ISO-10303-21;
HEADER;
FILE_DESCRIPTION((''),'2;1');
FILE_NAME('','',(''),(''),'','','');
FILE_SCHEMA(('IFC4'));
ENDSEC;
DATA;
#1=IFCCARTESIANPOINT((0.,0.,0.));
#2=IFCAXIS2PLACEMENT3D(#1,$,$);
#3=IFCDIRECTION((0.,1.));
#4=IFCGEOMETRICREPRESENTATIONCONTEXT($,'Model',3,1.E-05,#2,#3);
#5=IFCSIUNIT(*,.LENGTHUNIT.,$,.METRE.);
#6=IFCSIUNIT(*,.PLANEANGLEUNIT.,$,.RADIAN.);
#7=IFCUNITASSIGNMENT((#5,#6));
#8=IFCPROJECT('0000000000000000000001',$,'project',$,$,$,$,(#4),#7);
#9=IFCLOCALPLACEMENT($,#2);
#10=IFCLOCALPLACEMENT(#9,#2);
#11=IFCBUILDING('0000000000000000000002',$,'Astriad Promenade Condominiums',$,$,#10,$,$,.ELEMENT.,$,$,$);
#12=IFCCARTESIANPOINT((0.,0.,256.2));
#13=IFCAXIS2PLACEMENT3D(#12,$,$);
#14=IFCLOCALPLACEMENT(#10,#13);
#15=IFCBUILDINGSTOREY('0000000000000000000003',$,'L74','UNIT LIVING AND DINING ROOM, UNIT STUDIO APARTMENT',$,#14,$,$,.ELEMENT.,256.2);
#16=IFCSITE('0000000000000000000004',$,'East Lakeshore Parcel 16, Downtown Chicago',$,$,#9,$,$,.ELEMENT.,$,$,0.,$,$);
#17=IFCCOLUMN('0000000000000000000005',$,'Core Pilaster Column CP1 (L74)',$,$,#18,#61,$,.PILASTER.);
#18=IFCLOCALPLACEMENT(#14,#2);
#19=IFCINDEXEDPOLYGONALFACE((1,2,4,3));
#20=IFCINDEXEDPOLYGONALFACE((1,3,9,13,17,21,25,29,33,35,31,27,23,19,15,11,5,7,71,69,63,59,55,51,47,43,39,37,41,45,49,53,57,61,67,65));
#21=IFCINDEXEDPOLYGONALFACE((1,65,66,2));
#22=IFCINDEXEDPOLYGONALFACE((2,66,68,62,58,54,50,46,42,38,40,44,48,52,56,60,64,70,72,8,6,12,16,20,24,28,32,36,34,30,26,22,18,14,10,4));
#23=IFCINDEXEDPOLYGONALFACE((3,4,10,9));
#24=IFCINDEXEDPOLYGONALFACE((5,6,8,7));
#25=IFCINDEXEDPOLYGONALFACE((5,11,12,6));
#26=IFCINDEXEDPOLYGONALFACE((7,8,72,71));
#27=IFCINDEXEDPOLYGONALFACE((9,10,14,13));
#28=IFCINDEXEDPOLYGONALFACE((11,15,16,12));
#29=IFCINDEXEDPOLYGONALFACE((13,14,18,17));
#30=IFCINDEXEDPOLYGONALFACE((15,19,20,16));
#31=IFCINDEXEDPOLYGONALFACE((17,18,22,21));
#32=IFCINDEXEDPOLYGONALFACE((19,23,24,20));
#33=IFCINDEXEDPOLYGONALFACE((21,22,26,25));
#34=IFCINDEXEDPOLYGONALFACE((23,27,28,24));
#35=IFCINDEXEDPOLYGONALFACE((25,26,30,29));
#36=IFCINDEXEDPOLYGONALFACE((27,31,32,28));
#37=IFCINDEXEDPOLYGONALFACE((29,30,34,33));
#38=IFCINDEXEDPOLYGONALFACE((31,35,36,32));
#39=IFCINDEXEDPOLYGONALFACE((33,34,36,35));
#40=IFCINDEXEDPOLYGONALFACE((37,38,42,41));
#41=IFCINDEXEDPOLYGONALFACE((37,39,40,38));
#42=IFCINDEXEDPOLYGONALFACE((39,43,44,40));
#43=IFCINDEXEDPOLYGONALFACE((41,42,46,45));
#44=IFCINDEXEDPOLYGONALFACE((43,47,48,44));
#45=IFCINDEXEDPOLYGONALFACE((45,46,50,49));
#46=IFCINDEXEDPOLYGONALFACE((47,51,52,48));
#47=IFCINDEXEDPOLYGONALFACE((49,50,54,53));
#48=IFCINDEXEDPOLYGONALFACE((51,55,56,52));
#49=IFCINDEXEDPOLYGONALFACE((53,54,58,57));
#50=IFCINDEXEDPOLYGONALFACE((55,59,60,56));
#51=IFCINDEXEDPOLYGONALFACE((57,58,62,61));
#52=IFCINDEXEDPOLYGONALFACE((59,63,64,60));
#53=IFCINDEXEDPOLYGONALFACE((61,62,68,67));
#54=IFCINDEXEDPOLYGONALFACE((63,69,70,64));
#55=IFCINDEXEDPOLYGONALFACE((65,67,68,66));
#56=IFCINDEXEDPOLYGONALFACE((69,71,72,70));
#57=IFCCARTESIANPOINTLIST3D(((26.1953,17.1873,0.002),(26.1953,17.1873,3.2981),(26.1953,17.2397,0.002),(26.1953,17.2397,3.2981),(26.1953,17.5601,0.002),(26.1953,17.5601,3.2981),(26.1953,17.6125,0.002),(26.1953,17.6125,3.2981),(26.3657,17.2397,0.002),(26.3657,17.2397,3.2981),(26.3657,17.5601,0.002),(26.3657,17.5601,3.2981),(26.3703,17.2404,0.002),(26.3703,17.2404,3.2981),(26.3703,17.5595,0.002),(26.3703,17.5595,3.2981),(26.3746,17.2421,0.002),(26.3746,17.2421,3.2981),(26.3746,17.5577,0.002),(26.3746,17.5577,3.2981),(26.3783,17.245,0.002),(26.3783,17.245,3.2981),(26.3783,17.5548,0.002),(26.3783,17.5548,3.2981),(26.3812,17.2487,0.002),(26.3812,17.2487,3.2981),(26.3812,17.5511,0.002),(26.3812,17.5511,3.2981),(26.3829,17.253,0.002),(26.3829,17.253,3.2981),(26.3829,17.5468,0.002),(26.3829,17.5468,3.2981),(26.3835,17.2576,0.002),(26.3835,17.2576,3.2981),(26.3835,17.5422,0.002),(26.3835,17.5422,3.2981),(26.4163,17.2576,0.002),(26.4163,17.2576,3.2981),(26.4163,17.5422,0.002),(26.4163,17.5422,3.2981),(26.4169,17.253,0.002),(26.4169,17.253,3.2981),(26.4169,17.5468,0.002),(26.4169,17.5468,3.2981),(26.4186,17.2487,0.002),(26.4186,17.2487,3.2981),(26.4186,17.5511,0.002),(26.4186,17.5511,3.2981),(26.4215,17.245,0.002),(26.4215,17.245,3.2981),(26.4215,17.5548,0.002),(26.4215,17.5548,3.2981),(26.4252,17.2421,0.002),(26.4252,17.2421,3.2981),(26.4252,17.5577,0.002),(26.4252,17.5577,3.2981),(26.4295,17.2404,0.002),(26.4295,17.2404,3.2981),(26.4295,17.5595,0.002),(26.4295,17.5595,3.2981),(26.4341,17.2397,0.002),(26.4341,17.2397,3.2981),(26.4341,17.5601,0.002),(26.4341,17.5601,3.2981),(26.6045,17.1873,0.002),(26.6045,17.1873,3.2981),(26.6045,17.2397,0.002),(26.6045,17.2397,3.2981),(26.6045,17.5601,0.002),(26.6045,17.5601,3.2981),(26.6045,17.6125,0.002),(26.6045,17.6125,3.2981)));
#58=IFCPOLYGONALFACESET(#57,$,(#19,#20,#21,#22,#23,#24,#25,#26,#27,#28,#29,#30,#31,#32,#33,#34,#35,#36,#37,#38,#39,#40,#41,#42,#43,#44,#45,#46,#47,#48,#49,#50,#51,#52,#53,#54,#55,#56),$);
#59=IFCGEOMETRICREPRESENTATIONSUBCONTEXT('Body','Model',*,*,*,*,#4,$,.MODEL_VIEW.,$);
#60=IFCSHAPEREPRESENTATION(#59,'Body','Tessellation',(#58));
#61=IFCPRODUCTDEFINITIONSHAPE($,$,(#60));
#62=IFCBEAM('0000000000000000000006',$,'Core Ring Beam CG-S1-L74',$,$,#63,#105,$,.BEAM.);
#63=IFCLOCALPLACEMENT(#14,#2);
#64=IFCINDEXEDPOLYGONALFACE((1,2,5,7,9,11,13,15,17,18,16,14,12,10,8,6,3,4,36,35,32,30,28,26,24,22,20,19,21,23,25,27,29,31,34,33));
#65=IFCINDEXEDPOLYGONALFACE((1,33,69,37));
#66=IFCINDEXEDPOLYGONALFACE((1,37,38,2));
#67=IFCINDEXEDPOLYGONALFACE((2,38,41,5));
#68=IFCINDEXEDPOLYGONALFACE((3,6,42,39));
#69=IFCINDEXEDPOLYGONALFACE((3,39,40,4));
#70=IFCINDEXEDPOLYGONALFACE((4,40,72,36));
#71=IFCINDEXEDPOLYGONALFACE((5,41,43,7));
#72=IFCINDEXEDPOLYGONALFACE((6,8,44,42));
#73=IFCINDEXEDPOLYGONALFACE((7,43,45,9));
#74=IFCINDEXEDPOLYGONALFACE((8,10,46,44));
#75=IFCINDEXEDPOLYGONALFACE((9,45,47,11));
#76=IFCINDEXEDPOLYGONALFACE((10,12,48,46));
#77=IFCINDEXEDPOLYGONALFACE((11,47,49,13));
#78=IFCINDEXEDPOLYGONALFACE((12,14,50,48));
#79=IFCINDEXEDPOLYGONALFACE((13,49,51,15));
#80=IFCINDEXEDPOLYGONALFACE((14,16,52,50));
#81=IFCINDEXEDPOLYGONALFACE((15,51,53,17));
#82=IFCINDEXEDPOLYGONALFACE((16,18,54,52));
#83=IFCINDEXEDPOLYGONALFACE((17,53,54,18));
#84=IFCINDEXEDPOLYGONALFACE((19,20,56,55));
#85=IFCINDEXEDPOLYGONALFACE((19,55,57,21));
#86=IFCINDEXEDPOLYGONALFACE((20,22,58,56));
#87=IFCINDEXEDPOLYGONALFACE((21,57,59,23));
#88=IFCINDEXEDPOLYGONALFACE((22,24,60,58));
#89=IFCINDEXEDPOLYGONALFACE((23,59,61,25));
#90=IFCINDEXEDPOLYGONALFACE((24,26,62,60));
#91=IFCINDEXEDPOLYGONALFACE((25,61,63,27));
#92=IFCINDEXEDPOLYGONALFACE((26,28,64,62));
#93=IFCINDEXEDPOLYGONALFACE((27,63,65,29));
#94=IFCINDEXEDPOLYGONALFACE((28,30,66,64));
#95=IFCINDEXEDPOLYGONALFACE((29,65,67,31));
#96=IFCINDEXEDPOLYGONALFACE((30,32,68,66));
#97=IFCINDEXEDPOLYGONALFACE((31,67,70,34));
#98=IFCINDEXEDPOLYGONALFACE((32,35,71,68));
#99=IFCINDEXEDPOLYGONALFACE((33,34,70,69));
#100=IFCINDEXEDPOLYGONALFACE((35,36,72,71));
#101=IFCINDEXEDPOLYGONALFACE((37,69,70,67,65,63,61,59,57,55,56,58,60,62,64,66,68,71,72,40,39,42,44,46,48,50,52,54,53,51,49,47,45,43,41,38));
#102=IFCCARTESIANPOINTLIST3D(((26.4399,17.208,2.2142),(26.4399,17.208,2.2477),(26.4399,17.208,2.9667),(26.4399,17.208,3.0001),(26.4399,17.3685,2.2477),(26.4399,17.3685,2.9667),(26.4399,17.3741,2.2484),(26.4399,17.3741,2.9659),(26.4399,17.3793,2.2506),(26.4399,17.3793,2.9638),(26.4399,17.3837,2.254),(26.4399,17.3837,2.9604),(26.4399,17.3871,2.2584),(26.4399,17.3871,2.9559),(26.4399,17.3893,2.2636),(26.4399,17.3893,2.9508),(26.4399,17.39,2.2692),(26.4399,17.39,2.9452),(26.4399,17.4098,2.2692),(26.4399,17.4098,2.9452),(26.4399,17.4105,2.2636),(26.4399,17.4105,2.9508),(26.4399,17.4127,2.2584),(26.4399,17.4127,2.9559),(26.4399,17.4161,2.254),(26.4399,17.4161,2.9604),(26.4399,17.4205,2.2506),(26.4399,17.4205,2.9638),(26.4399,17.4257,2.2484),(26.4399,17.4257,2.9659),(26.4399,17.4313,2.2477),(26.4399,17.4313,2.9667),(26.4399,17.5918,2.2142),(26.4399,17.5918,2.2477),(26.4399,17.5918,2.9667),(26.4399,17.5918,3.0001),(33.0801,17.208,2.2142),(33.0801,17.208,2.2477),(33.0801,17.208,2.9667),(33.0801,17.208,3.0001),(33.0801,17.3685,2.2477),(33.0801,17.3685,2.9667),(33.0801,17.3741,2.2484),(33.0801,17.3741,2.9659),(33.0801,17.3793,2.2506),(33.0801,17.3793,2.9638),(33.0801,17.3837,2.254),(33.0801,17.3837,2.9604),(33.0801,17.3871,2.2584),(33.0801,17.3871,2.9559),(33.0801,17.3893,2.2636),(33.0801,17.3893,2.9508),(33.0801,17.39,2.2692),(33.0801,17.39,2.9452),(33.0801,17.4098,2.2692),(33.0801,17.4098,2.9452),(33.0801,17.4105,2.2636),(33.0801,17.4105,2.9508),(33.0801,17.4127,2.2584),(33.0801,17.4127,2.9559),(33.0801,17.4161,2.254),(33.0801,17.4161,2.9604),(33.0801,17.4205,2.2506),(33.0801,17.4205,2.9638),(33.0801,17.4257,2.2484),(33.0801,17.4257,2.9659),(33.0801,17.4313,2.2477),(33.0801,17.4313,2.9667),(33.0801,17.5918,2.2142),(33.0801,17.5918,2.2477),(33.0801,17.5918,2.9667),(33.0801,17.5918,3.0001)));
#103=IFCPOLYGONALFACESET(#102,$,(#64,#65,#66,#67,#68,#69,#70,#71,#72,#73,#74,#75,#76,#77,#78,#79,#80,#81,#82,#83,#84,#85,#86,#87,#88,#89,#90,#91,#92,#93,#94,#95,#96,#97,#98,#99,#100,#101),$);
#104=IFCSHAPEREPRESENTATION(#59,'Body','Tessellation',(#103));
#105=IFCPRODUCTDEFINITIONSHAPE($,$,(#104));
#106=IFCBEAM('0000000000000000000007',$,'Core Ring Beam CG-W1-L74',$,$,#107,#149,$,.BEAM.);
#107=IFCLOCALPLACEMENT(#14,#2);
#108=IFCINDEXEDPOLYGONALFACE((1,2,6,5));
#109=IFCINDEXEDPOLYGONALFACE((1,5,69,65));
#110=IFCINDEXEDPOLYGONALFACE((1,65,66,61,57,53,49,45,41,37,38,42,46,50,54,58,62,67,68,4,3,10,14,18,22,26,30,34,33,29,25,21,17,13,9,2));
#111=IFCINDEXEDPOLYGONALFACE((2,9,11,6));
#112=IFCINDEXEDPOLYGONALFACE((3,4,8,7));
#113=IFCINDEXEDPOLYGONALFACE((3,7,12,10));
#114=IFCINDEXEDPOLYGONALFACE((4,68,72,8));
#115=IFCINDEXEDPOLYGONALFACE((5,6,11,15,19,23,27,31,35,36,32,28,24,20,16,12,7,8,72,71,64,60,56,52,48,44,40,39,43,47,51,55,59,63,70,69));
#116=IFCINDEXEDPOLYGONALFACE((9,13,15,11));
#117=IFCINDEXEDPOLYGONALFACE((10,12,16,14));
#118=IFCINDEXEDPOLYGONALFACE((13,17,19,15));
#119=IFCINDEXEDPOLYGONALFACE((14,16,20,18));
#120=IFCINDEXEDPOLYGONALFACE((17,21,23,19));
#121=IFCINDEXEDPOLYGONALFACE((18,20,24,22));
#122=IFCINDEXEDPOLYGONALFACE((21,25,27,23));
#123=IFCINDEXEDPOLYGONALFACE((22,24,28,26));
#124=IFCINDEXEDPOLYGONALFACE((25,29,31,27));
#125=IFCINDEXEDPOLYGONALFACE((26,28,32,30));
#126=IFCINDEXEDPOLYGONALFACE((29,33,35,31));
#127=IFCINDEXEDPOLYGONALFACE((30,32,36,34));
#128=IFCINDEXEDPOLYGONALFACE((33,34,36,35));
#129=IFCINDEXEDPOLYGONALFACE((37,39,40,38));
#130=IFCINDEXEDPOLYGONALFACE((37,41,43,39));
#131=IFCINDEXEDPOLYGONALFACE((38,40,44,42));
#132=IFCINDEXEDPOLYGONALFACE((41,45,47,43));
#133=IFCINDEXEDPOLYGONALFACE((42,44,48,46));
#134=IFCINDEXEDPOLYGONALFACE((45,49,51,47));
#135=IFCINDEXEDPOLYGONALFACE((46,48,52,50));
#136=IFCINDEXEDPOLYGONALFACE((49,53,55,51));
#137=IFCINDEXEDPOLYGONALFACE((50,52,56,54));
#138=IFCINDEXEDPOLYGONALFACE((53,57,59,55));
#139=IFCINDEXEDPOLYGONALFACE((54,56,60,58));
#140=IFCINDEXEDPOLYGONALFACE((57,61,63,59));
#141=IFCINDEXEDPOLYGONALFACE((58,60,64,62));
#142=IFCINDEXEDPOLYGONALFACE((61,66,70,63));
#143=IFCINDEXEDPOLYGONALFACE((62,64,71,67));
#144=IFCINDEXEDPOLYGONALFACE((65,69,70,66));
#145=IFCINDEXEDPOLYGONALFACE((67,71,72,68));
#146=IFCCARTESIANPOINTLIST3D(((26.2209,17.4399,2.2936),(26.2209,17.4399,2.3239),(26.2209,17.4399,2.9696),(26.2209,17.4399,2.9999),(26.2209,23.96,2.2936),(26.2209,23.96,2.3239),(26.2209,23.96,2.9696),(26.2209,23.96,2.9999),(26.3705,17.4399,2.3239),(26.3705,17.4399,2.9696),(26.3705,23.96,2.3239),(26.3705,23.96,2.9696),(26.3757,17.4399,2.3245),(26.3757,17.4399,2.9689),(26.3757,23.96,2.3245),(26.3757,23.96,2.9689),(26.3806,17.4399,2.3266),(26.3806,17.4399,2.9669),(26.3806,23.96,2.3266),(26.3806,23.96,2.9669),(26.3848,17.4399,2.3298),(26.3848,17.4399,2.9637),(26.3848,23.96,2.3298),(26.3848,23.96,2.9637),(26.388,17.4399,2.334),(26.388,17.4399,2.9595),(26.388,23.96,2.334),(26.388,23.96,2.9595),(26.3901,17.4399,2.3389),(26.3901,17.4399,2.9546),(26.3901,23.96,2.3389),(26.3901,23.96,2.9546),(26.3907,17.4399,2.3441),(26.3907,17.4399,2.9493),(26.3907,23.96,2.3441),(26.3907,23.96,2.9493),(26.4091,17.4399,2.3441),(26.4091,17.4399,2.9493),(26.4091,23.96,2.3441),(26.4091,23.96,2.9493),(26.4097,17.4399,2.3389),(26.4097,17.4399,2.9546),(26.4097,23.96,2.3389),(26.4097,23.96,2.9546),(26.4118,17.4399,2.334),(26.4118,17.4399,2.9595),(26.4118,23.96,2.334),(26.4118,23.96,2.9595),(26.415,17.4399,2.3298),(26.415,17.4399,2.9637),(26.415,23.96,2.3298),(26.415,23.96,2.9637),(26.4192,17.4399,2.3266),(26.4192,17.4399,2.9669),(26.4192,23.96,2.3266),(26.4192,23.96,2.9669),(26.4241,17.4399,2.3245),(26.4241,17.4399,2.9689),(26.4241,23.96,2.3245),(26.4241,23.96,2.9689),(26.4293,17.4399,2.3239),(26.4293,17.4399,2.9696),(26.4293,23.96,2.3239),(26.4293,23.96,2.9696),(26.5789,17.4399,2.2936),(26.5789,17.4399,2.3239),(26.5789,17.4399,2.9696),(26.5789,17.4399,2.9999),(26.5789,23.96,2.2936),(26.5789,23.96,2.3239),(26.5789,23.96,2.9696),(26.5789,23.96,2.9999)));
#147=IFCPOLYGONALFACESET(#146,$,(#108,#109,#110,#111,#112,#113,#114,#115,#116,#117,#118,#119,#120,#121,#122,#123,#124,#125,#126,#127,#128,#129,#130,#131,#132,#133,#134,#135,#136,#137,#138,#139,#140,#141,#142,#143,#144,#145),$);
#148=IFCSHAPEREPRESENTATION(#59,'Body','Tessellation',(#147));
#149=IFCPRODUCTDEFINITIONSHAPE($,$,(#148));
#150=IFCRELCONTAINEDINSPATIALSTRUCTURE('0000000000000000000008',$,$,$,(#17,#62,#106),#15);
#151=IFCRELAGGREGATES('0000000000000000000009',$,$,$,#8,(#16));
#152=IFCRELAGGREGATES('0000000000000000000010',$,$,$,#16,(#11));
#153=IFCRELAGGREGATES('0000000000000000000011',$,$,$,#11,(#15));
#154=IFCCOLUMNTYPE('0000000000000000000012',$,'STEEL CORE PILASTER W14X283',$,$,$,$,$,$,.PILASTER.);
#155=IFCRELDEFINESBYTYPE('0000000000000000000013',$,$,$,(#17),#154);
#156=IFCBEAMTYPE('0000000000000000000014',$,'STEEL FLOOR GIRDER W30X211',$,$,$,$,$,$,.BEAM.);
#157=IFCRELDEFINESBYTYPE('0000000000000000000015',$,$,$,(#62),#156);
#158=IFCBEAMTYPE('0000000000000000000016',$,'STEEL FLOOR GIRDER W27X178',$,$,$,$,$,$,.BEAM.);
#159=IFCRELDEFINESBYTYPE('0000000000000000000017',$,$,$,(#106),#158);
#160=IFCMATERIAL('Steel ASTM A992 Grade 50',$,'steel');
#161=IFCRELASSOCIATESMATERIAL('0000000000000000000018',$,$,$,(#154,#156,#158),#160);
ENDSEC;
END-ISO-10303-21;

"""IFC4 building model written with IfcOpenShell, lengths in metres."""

from ifc_helpers import new_model, si_unit, direction, frame, origin, origin_2d, place, context, subcontext, project, spatial, i_section, extrude, source, transform, mapped, material, material_profile, profile_set, type_object, type_shapes, element, save


model = new_model("IFC4")

# Units and contexts
model_context = context("Model", 3, precision=1e-05, world=origin(), true_north=direction((0.0, 1.0)))
body_context = subcontext(model_context, "Body", "Model", "MODEL_VIEW")
ifc_project = project(units=[si_unit("LENGTHUNIT", "METRE"), si_unit("PLANEANGLEUNIT", "RADIAN")], contexts=[model_context])

# Site, building, storey
site_placement = place(None, origin())
site = spatial("IfcSite", under=ifc_project, at=site_placement, Name="East Lakeshore Parcel 16, Downtown Chicago", CompositionType="ELEMENT", RefElevation=0.0)
building_placement = place(site_placement, origin())
building = spatial("IfcBuilding", under=site, at=building_placement, Name="Astriad Promenade Condominiums", CompositionType="ELEMENT")
storey_placement = place(building_placement, frame((0.0, 0.0, 256.2)))
storey = spatial("IfcBuildingStorey", under=building, at=storey_placement, Name="L74", Description="UNIT LIVING AND DINING ROOM, UNIT STUDIO APARTMENT", CompositionType="ELEMENT", Elevation=256.2)

# Column
ifc_material_1 = material(Name="Steel ASTM A992 Grade 50", Category="steel")
ifc_material_profile_1 = material_profile(ifc_material_1, i_section(OverallWidth=0.4092, OverallDepth=0.4253, WebThickness=0.0327, FlangeThickness=0.0525, FilletRadius=0.0178, at=origin_2d()), Name="W14X283")
ifc_profile_set_1 = profile_set([ifc_material_profile_1], Name="Steel ASTM A992 Grade 50")
column_type = type_object("IfcColumnType", Name="STEEL CORE PILASTER W14X283", PredefinedType="PILASTER", material=ifc_profile_set_1)
shared_shape_1 = source(origin(), body_context, "Body", "SweptSolid", [
    extrude(i_section(OverallWidth=0.4092, OverallDepth=0.4253, WebThickness=0.0327, FlangeThickness=0.0525, FilletRadius=0.0178, at=origin_2d()), origin(), (0.0, 0.0, 1.0), 3.2961),
])
type_shapes(column_type, [shared_shape_1])
column_placement = place(storey_placement, frame((26.3999, 17.3999, 0.002), z_axis=(0.0, 0.0, 1.0), x_axis=(1.0, 0.0, 0.0)))
element("IfcColumn", 1, at=column_placement, inside=storey, type_object=column_type, Name="Core Pilaster Column CP1 (L74)", PredefinedType="PILASTER", context=body_context, shape_type="MappedRepresentation", body=[
    mapped(shared_shape_1, transform((0.0, 0.0, 0.0), scale=1.0)),
])

# Beams
ifc_material_profile_2 = material_profile(ifc_material_1, i_section(OverallWidth=0.3838, OverallDepth=0.7859, WebThickness=0.0198, FlangeThickness=0.0334, FilletRadius=0.0215, at=origin_2d()), Name="W30X211")
ifc_profile_set_2 = profile_set([ifc_material_profile_2], Name="Steel ASTM A992 Grade 50")
beam_type_1 = type_object("IfcBeamType", Name="STEEL FLOOR GIRDER W30X211", PredefinedType="BEAM", material=ifc_profile_set_2)
shared_shape_2 = source(origin(), body_context, "Body", "SweptSolid", [
    extrude(i_section(OverallWidth=0.3838, OverallDepth=0.7859, WebThickness=0.0198, FlangeThickness=0.0334, FilletRadius=0.0215, at=origin_2d()), origin(), (0.0, 0.0, 1.0), 6.6401),
])
type_shapes(beam_type_1, [shared_shape_2])
beam_1_placement = place(storey_placement, frame((26.4399, 17.3999, 2.6072), z_axis=(1.0, 0.0, 0.0), x_axis=(0.0, 1.0, 0.0)))
element("IfcBeam", 2, at=beam_1_placement, inside=storey, type_object=beam_type_1, Name="Core Ring Beam CG-S1-L74", PredefinedType="BEAM", context=body_context, shape_type="MappedRepresentation", body=[
    mapped(shared_shape_2, transform((0.0, 0.0, 0.0), scale=1.0)),
])
ifc_material_profile_3 = material_profile(ifc_material_1, i_section(OverallWidth=0.3579, OverallDepth=0.7063, WebThickness=0.0183, FlangeThickness=0.0303, FilletRadius=0.0203, at=origin_2d()), Name="W27X178")
ifc_profile_set_3 = profile_set([ifc_material_profile_3], Name="Steel ASTM A992 Grade 50")
beam_type_2 = type_object("IfcBeamType", Name="STEEL FLOOR GIRDER W27X178", PredefinedType="BEAM", material=ifc_profile_set_3)
shared_shape_3 = source(origin(), body_context, "Body", "SweptSolid", [
    extrude(i_section(OverallWidth=0.3579, OverallDepth=0.7063, WebThickness=0.0183, FlangeThickness=0.0303, FilletRadius=0.0203, at=origin_2d()), origin(), (0.0, 0.0, 1.0), 6.52),
])
type_shapes(beam_type_2, [shared_shape_3])
beam_2_placement = place(storey_placement, frame((26.3999, 17.4399, 2.6467), z_axis=(0.0, 1.0, 0.0), x_axis=(-1.0, 0.0, 0.0)))
element("IfcBeam", 3, at=beam_2_placement, inside=storey, type_object=beam_type_2, Name="Core Ring Beam CG-W1-L74", PredefinedType="BEAM", context=body_context, shape_type="MappedRepresentation", body=[
    mapped(shared_shape_3, transform((0.0, 0.0, 0.0), scale=1.0)),
])

save(model, "model.ifc")
